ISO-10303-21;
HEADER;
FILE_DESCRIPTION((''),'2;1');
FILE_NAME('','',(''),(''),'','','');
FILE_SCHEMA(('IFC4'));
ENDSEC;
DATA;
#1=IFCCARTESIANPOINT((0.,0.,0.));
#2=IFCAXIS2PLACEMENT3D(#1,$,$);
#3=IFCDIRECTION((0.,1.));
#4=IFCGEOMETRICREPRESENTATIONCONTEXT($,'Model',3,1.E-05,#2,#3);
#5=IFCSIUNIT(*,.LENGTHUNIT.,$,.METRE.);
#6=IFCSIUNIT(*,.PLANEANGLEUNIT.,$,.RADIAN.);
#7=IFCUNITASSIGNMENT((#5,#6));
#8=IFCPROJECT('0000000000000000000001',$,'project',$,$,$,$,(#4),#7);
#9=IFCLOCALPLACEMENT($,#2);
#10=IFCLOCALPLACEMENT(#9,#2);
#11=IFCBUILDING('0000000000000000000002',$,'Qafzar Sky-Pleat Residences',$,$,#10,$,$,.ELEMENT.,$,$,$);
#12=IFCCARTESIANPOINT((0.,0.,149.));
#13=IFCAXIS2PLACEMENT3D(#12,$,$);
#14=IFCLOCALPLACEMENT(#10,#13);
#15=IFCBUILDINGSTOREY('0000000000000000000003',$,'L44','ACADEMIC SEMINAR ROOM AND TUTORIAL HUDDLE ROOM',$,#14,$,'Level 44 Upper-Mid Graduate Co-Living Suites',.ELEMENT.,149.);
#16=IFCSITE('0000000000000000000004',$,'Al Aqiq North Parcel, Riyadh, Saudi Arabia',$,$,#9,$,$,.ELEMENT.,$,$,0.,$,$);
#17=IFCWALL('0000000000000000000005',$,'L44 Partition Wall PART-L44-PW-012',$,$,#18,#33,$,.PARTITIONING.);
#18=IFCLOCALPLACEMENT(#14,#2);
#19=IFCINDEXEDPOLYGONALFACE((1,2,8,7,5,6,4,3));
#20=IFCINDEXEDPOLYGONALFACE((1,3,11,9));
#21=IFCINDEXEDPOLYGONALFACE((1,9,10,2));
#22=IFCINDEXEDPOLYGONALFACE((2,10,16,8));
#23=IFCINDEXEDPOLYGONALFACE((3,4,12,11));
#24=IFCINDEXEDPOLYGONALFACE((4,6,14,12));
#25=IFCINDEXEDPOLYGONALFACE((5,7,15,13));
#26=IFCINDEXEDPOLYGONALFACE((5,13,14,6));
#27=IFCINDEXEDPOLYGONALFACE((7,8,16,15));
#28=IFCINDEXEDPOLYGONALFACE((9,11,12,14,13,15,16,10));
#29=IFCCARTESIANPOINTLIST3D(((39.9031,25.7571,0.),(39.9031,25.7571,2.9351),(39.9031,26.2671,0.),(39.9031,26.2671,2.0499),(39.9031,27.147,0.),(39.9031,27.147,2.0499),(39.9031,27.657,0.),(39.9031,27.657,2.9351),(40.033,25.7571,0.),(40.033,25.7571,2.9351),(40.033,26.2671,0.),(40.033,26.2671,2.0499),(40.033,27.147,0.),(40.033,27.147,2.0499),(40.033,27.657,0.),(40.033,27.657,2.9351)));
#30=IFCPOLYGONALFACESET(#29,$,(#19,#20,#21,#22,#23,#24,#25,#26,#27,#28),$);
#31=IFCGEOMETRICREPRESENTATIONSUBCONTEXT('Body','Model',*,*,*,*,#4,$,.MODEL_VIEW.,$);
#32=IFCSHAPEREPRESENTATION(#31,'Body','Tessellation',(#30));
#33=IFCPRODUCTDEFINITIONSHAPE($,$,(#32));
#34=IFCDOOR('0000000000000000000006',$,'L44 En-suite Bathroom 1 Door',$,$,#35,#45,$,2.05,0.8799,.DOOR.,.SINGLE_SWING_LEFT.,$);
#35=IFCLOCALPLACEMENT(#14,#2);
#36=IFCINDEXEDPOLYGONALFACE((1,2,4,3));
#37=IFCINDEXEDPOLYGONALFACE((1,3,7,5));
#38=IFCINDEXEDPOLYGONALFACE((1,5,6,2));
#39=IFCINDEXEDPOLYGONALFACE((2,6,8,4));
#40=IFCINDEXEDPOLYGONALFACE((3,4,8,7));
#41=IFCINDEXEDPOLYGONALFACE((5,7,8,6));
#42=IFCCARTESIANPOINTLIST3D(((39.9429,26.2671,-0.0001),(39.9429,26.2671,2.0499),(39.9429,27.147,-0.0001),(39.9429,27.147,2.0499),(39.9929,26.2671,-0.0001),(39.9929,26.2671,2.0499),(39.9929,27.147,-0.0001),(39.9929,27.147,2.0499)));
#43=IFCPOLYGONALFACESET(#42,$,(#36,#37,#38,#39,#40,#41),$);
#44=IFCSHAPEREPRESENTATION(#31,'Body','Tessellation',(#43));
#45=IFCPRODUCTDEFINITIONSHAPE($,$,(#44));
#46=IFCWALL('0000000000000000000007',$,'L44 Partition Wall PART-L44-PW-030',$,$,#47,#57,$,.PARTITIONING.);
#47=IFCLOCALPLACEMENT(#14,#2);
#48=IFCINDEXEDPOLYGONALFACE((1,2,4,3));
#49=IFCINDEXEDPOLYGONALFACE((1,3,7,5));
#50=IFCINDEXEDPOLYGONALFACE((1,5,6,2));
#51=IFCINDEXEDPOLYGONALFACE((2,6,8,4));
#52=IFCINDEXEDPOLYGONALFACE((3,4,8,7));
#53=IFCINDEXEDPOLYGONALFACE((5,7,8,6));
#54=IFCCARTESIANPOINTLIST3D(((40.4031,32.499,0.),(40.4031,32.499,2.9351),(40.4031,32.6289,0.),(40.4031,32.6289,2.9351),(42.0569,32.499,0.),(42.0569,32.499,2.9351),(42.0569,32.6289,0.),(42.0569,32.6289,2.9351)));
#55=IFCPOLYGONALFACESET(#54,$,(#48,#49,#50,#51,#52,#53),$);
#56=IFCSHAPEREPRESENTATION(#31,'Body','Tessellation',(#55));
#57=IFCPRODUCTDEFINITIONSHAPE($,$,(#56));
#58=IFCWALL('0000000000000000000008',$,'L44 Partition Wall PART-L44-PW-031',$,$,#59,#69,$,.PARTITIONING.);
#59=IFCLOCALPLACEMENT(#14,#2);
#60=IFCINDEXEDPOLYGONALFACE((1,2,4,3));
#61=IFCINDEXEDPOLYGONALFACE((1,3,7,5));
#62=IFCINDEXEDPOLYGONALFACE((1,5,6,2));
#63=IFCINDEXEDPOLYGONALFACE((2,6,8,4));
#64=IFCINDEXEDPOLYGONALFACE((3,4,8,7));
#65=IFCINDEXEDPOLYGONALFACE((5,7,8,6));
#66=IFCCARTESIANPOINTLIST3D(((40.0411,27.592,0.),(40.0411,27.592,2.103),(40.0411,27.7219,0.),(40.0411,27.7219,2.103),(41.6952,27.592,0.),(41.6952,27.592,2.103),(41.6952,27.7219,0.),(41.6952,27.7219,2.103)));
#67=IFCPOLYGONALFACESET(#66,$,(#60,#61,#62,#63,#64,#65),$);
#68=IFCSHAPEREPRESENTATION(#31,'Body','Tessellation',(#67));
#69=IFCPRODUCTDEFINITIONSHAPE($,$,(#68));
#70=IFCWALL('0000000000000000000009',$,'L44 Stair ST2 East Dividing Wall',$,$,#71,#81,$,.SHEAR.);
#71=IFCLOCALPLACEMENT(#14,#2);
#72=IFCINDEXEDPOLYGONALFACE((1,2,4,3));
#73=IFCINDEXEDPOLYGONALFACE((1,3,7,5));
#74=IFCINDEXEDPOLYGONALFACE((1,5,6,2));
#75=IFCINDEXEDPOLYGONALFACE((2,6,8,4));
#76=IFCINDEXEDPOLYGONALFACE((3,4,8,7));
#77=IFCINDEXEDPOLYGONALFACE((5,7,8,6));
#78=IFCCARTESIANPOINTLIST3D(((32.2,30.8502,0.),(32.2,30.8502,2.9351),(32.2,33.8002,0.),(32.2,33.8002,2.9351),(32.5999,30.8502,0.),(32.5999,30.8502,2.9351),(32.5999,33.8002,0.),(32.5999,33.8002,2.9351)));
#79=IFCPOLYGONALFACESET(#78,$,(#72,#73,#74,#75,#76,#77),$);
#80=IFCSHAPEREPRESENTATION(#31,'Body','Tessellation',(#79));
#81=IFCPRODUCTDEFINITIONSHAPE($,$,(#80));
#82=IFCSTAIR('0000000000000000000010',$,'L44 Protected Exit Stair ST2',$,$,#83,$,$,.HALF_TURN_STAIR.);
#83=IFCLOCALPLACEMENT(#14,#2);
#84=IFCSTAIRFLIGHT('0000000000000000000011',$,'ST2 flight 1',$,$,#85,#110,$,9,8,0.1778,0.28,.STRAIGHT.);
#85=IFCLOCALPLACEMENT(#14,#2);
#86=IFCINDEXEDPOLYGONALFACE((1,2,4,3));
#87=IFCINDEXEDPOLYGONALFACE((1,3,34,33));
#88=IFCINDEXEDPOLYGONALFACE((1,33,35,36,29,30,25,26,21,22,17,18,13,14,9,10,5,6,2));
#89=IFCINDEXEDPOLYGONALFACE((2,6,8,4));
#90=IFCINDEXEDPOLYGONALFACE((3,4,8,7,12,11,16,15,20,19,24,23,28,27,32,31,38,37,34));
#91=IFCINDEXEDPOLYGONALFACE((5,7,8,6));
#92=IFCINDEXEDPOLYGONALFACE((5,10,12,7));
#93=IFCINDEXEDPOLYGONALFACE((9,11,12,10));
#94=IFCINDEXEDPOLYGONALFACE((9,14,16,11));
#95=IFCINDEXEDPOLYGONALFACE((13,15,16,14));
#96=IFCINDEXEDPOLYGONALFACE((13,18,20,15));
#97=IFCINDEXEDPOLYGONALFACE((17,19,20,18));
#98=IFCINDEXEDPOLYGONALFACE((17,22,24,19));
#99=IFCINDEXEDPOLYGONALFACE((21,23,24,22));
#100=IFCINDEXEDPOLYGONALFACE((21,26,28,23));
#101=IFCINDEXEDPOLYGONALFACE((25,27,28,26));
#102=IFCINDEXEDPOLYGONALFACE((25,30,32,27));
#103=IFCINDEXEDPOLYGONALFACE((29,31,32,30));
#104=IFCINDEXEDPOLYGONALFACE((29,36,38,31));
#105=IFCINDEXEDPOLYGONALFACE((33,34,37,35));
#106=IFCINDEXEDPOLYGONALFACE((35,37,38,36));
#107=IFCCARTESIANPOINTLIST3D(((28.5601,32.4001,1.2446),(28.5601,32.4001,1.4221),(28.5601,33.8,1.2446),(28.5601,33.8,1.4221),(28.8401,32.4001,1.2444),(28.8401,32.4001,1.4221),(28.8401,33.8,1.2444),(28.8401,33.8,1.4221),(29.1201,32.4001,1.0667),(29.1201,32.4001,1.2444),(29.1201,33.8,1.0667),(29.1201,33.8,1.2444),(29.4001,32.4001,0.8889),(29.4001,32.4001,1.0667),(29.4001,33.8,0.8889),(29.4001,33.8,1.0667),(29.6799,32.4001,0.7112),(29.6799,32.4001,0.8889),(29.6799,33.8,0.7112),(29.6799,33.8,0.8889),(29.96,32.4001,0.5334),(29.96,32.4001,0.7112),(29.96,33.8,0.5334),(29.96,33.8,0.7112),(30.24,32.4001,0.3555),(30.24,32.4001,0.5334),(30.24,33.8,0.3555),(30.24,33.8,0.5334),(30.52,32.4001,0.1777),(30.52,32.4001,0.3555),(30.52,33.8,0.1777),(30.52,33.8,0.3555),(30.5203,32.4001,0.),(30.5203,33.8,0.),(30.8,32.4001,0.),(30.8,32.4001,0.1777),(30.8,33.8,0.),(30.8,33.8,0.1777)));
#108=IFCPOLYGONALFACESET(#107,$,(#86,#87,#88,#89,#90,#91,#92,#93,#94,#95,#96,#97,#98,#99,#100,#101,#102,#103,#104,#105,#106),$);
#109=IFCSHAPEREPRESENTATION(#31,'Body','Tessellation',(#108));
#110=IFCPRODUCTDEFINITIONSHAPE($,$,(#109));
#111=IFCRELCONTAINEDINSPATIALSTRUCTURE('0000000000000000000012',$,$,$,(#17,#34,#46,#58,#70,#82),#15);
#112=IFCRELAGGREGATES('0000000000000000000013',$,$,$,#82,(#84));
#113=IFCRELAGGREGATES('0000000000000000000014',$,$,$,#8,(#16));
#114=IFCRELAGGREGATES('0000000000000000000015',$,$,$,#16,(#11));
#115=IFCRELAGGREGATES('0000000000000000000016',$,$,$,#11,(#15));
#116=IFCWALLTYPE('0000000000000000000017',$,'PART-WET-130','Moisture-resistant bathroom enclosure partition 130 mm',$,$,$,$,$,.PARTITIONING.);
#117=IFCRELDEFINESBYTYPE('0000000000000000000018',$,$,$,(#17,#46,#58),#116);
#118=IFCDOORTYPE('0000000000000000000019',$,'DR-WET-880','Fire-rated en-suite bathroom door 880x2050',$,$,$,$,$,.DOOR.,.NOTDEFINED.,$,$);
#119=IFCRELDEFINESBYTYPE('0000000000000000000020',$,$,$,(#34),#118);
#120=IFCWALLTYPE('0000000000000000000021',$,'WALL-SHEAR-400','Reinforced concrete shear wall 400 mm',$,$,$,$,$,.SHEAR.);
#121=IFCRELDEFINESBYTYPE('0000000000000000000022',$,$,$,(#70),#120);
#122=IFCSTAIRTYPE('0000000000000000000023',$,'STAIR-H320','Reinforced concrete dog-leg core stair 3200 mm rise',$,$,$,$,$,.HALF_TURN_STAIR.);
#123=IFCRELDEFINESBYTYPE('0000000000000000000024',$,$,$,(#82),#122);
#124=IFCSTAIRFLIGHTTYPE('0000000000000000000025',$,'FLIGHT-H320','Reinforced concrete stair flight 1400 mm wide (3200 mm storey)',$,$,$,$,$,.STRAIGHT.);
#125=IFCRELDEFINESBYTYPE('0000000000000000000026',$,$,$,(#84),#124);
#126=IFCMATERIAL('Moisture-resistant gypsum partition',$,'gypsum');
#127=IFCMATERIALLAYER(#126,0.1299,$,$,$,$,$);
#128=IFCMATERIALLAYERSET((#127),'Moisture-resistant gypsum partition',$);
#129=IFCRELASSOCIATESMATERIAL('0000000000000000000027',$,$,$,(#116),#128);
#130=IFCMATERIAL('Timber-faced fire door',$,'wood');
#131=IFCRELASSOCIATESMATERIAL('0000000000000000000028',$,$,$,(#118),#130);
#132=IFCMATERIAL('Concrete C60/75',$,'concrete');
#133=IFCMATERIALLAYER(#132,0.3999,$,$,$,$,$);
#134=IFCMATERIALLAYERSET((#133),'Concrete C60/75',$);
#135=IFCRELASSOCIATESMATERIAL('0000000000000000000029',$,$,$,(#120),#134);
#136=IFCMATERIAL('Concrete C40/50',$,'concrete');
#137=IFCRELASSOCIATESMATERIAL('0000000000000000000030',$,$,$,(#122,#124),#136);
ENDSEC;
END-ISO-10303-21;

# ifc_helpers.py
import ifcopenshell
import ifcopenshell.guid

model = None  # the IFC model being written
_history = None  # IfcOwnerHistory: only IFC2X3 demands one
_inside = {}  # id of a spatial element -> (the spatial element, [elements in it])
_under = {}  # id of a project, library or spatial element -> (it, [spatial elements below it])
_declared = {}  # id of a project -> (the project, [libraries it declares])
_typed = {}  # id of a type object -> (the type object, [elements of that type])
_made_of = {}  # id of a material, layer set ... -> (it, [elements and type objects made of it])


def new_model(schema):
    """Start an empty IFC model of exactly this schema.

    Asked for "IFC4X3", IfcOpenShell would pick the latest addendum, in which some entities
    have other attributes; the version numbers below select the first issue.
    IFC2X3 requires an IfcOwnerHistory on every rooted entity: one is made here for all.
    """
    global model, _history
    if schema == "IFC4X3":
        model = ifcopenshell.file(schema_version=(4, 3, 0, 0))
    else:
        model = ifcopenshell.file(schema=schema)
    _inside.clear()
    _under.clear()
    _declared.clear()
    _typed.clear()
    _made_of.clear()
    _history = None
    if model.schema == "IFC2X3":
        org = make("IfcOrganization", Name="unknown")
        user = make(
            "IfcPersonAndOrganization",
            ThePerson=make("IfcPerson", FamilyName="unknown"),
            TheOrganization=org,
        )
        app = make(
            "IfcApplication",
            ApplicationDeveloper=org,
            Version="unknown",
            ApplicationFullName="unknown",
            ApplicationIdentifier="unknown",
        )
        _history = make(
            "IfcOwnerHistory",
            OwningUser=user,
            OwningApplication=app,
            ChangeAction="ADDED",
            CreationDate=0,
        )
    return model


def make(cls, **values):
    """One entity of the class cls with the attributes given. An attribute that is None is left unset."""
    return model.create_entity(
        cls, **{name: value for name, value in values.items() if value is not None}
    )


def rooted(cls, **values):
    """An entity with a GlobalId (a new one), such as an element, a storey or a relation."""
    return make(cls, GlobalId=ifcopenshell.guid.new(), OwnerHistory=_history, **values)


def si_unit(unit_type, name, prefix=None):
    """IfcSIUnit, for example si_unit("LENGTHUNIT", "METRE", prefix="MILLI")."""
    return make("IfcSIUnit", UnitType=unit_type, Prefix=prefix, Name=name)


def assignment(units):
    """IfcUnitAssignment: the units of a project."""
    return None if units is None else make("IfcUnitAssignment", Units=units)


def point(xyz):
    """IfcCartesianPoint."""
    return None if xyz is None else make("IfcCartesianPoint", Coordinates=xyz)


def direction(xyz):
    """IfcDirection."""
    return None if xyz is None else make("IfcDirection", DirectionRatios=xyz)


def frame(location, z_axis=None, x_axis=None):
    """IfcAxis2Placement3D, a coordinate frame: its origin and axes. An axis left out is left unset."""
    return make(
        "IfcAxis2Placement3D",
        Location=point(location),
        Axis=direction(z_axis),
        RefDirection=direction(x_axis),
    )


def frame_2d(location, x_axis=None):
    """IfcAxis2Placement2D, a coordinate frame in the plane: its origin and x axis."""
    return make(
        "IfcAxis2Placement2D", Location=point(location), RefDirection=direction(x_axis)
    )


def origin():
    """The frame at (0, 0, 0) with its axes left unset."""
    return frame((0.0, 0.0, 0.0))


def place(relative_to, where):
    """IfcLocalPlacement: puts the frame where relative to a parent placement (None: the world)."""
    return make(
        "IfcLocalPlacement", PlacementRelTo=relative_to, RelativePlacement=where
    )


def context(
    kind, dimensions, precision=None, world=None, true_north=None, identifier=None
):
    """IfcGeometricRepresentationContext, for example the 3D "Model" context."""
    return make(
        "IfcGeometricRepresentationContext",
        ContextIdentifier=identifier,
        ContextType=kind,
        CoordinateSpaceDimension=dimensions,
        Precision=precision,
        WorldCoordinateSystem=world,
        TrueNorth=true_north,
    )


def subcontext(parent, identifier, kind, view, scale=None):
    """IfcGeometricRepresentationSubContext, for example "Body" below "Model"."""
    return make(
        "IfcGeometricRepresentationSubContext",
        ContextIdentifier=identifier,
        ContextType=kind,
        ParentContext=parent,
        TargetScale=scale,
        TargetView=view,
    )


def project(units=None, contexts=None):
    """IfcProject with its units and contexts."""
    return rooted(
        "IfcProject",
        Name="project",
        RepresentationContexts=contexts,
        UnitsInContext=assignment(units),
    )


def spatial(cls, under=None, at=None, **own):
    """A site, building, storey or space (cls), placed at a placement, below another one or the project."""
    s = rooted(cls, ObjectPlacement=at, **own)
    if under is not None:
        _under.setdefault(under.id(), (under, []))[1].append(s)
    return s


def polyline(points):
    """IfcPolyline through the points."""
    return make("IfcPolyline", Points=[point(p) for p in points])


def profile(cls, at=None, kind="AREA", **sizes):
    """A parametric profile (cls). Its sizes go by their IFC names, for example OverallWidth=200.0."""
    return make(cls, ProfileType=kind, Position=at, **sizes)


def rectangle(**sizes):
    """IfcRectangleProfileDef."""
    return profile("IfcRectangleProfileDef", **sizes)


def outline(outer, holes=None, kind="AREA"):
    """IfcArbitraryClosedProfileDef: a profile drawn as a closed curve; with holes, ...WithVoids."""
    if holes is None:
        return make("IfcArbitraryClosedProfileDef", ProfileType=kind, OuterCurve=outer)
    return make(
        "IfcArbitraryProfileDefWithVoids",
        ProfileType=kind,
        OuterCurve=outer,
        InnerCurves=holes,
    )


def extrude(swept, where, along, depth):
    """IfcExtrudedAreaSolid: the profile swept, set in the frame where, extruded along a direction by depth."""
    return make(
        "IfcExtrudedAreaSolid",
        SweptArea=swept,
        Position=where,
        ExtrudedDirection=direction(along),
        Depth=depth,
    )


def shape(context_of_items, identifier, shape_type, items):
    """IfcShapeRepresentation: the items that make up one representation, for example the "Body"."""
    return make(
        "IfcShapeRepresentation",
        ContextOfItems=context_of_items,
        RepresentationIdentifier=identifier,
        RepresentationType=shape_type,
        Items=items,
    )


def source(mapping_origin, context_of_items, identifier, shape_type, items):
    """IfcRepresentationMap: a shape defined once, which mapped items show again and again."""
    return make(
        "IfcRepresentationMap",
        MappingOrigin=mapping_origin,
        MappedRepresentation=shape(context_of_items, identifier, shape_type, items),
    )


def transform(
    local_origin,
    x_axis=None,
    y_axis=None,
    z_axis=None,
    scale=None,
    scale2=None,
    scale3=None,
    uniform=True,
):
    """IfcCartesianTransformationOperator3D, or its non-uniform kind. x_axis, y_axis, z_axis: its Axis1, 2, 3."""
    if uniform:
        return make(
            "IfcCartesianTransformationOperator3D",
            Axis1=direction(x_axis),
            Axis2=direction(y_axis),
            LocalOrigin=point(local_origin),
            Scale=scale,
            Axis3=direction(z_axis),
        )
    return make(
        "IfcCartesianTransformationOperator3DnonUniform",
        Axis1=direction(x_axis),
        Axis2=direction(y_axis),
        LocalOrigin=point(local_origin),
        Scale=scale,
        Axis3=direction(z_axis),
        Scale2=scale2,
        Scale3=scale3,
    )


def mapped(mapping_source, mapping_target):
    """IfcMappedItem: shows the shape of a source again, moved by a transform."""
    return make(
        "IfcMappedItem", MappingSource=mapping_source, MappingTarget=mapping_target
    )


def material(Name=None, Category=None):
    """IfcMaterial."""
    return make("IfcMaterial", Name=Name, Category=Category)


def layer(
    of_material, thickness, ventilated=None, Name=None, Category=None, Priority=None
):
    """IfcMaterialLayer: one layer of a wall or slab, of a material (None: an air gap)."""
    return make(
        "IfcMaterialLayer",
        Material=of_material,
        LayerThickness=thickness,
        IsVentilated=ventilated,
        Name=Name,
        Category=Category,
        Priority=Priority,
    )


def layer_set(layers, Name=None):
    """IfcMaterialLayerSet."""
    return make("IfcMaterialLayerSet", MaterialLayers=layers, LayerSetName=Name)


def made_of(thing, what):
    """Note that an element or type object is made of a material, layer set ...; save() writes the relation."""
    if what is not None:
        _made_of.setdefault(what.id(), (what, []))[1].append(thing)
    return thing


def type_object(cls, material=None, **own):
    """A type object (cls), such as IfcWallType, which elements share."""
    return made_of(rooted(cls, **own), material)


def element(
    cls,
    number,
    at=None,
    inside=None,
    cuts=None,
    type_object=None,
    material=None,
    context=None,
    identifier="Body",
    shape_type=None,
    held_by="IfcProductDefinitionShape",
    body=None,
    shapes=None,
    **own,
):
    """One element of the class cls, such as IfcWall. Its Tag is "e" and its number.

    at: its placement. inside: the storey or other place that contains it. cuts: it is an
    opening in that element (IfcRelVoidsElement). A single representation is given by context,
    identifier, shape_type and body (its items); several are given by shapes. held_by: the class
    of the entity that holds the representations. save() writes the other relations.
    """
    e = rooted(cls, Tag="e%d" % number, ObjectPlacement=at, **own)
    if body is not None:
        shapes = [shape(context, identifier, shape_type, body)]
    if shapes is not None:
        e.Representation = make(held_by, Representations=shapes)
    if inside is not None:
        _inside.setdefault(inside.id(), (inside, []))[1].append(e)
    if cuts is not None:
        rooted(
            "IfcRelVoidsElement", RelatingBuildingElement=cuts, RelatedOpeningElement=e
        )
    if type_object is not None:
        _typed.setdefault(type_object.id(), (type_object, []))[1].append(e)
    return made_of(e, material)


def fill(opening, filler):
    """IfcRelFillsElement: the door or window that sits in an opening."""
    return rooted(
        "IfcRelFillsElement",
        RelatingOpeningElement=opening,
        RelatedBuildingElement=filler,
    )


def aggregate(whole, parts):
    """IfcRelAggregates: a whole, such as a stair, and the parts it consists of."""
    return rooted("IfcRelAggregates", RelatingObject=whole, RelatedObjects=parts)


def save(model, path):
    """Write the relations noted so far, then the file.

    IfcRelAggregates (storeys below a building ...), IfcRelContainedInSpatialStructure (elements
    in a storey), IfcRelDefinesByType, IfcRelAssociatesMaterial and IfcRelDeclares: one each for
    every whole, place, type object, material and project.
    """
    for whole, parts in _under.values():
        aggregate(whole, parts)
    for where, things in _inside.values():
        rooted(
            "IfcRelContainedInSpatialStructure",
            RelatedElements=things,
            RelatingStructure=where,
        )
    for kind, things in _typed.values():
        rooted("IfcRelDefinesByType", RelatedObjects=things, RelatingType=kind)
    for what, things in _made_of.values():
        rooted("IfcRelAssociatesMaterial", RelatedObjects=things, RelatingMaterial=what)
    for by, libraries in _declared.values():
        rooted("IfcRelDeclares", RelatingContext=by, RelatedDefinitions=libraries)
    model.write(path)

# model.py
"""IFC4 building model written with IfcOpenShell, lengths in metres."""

from ifc_helpers import new_model, si_unit, direction, frame, frame_2d, origin, place, context, subcontext, project, spatial, polyline, rectangle, outline, extrude, source, transform, mapped, material, layer, layer_set, type_object, element, fill, aggregate, save


model = new_model("IFC4")

# Units and contexts
model_context = context("Model", 3, precision=1e-05, world=origin(), true_north=direction((0.0, 1.0)))
body_context = subcontext(model_context, "Body", "Model", "MODEL_VIEW")
ifc_project = project(units=[si_unit("LENGTHUNIT", "METRE"), si_unit("PLANEANGLEUNIT", "RADIAN")], contexts=[model_context])

# Site, building, storey
site_placement = place(None, origin())
site = spatial("IfcSite", under=ifc_project, at=site_placement, Name="Al Aqiq North Parcel, Riyadh, Saudi Arabia", CompositionType="ELEMENT", RefElevation=0.0)
building_placement = place(site_placement, origin())
building = spatial("IfcBuilding", under=site, at=building_placement, Name="Qafzar Sky-Pleat Residences", CompositionType="ELEMENT")
storey_placement = place(building_placement, frame((0.0, 0.0, 149.0)))
storey = spatial("IfcBuildingStorey", under=building, at=storey_placement, Name="L44", Description="ACADEMIC SEMINAR ROOM AND TUTORIAL HUDDLE ROOM", LongName="Level 44 Upper-Mid Graduate Co-Living Suites", CompositionType="ELEMENT", Elevation=149.0)

# Shared definitions
ifc_material_1 = material(Name="Timber-faced fire door", Category="wood")

# Wall, opening, door
ifc_material_2 = material(Name="Moisture-resistant gypsum partition", Category="gypsum")
ifc_layer_1 = layer(ifc_material_2, 0.1299)
ifc_layer_set_1 = layer_set([ifc_layer_1], Name="Moisture-resistant gypsum partition")
wall_type_1 = type_object("IfcWallType", Name="PART-WET-130", Description="Moisture-resistant bathroom enclosure partition 130 mm", PredefinedType="PARTITIONING", material=ifc_layer_set_1)
wall_1_placement = place(storey_placement, frame((39.968, 27.657, 0.0), z_axis=(0.0, 0.0, 1.0), x_axis=(0.0, -1.0, 0.0)))
wall_1 = element("IfcWall", 1, at=wall_1_placement, inside=storey, type_object=wall_type_1, Name="L44 Partition Wall PART-L44-PW-012", PredefinedType="PARTITIONING", context=body_context, shape_type="SweptSolid", body=[
    extrude(rectangle(XDim=1.8999, YDim=0.1299, at=frame_2d((0.95, 0.0))), origin(), (0.0, 0.0, 1.0), 2.9351),
])
opening_1_placement = place(wall_1_placement, frame((0.51, 0.0, 0.0)))
opening_1 = element("IfcOpeningElement", 2, at=opening_1_placement, cuts=wall_1, PredefinedType="OPENING", context=body_context, shape_type="SweptSolid", body=[
    extrude(rectangle(XDim=0.8799, YDim=2.05, at=frame_2d((0.4399, 1.0249))), frame((0.0, 0.075, 0.0), z_axis=(0.0, -1.0, 0.0), x_axis=(1.0, 0.0, 0.0)), (0.0, 0.0, 1.0), 0.1499),
])
door_type_1 = type_object("IfcDoorType", Name="DR-WET-880", Description="Fire-rated en-suite bathroom door 880x2050", OperationType="NOTDEFINED", PredefinedType="DOOR", material=ifc_material_1)
shared_shape_1 = source(origin(), body_context, "Body", "SweptSolid", [
    extrude(rectangle(XDim=0.8799, YDim=2.05, at=frame_2d((0.4399, 1.0249))), frame((0.0, 0.0249, 0.0), z_axis=(0.0, -1.0, 0.0), x_axis=(1.0, 0.0, 0.0)), (0.0, 0.0, 1.0), 0.05),
])
door_1_placement = place(opening_1_placement, origin())
door_1 = element("IfcDoor", 3, at=door_1_placement, inside=storey, type_object=door_type_1, Name="L44 En-suite Bathroom 1 Door", OperationType="SINGLE_SWING_LEFT", OverallHeight=2.05, OverallWidth=0.8799, PredefinedType="DOOR", context=body_context, shape_type="MappedRepresentation", body=[
    mapped(shared_shape_1, transform((0.0, 0.0, 0.0), x_axis=(1.0, 0.0, 0.0), y_axis=(0.0, 1.0, 0.0), z_axis=(0.0, 0.0, 1.0), scale=1.0)),
])
fill(opening_1, door_1)

# Walls
wall_2_placement = place(storey_placement, frame((40.4031, 32.564, 0.0), z_axis=(0.0, 0.0, 1.0), x_axis=(1.0, 0.0, 0.0)))
element("IfcWall", 4, at=wall_2_placement, inside=storey, type_object=wall_type_1, Name="L44 Partition Wall PART-L44-PW-030", PredefinedType="PARTITIONING", context=body_context, shape_type="SweptSolid", body=[
    extrude(rectangle(XDim=1.6538, YDim=0.1299, at=frame_2d((0.8269, 0.0))), origin(), (0.0, 0.0, 1.0), 2.9351),
])
wall_3_placement = place(storey_placement, frame((40.041, 27.657, 0.0), z_axis=(0.0, 0.0, 1.0), x_axis=(1.0, 0.0, 0.0)))
element("IfcWall", 5, at=wall_3_placement, inside=storey, type_object=wall_type_1, Name="L44 Partition Wall PART-L44-PW-031", PredefinedType="PARTITIONING", context=body_context, shape_type="SweptSolid", body=[
    extrude(rectangle(XDim=1.6541, YDim=0.1299, at=frame_2d((0.8271, 0.0))), origin(), (0.0, 0.0, 1.0), 2.103),
])
ifc_material_3 = material(Name="Concrete C60/75", Category="concrete")
ifc_layer_2 = layer(ifc_material_3, 0.3999)
ifc_layer_set_2 = layer_set([ifc_layer_2], Name="Concrete C60/75")
wall_type_2 = type_object("IfcWallType", Name="WALL-SHEAR-400", Description="Reinforced concrete shear wall 400 mm", PredefinedType="SHEAR", material=ifc_layer_set_2)
wall_4_placement = place(storey_placement, frame((32.3999, 30.8501, 0.0), z_axis=(0.0, 0.0, 1.0), x_axis=(0.0, 1.0, 0.0)))
element("IfcWall", 6, at=wall_4_placement, inside=storey, type_object=wall_type_2, Name="L44 Stair ST2 East Dividing Wall", PredefinedType="SHEAR", context=body_context, shape_type="SweptSolid", body=[
    extrude(rectangle(XDim=2.95, YDim=0.3999, at=frame_2d((1.4751, 0.0))), origin(), (0.0, 0.0, 1.0), 2.9351),
])

# Stair, stair flight
ifc_material_4 = material(Name="Concrete C40/50", Category="concrete")
stair_type = type_object("IfcStairType", Name="STAIR-H320", Description="Reinforced concrete dog-leg core stair 3200 mm rise", PredefinedType="HALF_TURN_STAIR", material=ifc_material_4)
stair_placement = place(storey_placement, origin())
stair = element("IfcStair", 7, at=stair_placement, inside=storey, type_object=stair_type, Name="L44 Protected Exit Stair ST2", PredefinedType="HALF_TURN_STAIR")
stair_flight_type = type_object("IfcStairFlightType", Name="FLIGHT-H320", Description="Reinforced concrete stair flight 1400 mm wide (3200 mm storey)", PredefinedType="STRAIGHT", material=ifc_material_4)
shared_shape_2 = source(origin(), body_context, "Body", "SweptSolid", [
    extrude(outline(polyline([(0.0, 0.0), (0.0, 0.1777), (0.28, 0.1777), (0.28, 0.3555), (0.5601, 0.3555), (0.5601, 0.5334), (0.8401, 0.5334), (0.8401, 0.7112), (1.1201, 0.7112), (1.1201, 0.8889), (1.3999, 0.8889), (1.3999, 1.0667), (1.6799, 1.0667), (1.6799, 1.2444), (1.96, 1.2444), (1.96, 1.4221), (2.24, 1.4221), (2.24, 1.6001), (2.24, 1.2446), (0.2798, 0.0), (0.0, 0.0)])), frame((0.0, 0.7, 0.0), z_axis=(0.0, -1.0, 0.0), x_axis=(1.0, 0.0, 0.0)), (0.0, 0.0, 1.0), 1.3999),
])
stair_flight_placement = place(storey_placement, frame((30.8, 33.1001, 0.0), z_axis=(0.0, 0.0, 1.0), x_axis=(-1.0, 0.0, 0.0)))
stair_flight = element("IfcStairFlight", 8, at=stair_flight_placement, type_object=stair_flight_type, Name="ST2 flight 1", NumberOfRisers=9, NumberOfTreads=8, PredefinedType="STRAIGHT", RiserHeight=0.1778, TreadLength=0.28, context=body_context, shape_type="MappedRepresentation", body=[
    mapped(shared_shape_2, transform((0.0, 0.0, 0.0), x_axis=(1.0, 0.0, 0.0), y_axis=(0.0, 1.0, 0.0), z_axis=(0.0, 0.0, 1.0), scale=1.0)),
])
aggregate(stair, [stair_flight])

save(model, "model.ifc")
